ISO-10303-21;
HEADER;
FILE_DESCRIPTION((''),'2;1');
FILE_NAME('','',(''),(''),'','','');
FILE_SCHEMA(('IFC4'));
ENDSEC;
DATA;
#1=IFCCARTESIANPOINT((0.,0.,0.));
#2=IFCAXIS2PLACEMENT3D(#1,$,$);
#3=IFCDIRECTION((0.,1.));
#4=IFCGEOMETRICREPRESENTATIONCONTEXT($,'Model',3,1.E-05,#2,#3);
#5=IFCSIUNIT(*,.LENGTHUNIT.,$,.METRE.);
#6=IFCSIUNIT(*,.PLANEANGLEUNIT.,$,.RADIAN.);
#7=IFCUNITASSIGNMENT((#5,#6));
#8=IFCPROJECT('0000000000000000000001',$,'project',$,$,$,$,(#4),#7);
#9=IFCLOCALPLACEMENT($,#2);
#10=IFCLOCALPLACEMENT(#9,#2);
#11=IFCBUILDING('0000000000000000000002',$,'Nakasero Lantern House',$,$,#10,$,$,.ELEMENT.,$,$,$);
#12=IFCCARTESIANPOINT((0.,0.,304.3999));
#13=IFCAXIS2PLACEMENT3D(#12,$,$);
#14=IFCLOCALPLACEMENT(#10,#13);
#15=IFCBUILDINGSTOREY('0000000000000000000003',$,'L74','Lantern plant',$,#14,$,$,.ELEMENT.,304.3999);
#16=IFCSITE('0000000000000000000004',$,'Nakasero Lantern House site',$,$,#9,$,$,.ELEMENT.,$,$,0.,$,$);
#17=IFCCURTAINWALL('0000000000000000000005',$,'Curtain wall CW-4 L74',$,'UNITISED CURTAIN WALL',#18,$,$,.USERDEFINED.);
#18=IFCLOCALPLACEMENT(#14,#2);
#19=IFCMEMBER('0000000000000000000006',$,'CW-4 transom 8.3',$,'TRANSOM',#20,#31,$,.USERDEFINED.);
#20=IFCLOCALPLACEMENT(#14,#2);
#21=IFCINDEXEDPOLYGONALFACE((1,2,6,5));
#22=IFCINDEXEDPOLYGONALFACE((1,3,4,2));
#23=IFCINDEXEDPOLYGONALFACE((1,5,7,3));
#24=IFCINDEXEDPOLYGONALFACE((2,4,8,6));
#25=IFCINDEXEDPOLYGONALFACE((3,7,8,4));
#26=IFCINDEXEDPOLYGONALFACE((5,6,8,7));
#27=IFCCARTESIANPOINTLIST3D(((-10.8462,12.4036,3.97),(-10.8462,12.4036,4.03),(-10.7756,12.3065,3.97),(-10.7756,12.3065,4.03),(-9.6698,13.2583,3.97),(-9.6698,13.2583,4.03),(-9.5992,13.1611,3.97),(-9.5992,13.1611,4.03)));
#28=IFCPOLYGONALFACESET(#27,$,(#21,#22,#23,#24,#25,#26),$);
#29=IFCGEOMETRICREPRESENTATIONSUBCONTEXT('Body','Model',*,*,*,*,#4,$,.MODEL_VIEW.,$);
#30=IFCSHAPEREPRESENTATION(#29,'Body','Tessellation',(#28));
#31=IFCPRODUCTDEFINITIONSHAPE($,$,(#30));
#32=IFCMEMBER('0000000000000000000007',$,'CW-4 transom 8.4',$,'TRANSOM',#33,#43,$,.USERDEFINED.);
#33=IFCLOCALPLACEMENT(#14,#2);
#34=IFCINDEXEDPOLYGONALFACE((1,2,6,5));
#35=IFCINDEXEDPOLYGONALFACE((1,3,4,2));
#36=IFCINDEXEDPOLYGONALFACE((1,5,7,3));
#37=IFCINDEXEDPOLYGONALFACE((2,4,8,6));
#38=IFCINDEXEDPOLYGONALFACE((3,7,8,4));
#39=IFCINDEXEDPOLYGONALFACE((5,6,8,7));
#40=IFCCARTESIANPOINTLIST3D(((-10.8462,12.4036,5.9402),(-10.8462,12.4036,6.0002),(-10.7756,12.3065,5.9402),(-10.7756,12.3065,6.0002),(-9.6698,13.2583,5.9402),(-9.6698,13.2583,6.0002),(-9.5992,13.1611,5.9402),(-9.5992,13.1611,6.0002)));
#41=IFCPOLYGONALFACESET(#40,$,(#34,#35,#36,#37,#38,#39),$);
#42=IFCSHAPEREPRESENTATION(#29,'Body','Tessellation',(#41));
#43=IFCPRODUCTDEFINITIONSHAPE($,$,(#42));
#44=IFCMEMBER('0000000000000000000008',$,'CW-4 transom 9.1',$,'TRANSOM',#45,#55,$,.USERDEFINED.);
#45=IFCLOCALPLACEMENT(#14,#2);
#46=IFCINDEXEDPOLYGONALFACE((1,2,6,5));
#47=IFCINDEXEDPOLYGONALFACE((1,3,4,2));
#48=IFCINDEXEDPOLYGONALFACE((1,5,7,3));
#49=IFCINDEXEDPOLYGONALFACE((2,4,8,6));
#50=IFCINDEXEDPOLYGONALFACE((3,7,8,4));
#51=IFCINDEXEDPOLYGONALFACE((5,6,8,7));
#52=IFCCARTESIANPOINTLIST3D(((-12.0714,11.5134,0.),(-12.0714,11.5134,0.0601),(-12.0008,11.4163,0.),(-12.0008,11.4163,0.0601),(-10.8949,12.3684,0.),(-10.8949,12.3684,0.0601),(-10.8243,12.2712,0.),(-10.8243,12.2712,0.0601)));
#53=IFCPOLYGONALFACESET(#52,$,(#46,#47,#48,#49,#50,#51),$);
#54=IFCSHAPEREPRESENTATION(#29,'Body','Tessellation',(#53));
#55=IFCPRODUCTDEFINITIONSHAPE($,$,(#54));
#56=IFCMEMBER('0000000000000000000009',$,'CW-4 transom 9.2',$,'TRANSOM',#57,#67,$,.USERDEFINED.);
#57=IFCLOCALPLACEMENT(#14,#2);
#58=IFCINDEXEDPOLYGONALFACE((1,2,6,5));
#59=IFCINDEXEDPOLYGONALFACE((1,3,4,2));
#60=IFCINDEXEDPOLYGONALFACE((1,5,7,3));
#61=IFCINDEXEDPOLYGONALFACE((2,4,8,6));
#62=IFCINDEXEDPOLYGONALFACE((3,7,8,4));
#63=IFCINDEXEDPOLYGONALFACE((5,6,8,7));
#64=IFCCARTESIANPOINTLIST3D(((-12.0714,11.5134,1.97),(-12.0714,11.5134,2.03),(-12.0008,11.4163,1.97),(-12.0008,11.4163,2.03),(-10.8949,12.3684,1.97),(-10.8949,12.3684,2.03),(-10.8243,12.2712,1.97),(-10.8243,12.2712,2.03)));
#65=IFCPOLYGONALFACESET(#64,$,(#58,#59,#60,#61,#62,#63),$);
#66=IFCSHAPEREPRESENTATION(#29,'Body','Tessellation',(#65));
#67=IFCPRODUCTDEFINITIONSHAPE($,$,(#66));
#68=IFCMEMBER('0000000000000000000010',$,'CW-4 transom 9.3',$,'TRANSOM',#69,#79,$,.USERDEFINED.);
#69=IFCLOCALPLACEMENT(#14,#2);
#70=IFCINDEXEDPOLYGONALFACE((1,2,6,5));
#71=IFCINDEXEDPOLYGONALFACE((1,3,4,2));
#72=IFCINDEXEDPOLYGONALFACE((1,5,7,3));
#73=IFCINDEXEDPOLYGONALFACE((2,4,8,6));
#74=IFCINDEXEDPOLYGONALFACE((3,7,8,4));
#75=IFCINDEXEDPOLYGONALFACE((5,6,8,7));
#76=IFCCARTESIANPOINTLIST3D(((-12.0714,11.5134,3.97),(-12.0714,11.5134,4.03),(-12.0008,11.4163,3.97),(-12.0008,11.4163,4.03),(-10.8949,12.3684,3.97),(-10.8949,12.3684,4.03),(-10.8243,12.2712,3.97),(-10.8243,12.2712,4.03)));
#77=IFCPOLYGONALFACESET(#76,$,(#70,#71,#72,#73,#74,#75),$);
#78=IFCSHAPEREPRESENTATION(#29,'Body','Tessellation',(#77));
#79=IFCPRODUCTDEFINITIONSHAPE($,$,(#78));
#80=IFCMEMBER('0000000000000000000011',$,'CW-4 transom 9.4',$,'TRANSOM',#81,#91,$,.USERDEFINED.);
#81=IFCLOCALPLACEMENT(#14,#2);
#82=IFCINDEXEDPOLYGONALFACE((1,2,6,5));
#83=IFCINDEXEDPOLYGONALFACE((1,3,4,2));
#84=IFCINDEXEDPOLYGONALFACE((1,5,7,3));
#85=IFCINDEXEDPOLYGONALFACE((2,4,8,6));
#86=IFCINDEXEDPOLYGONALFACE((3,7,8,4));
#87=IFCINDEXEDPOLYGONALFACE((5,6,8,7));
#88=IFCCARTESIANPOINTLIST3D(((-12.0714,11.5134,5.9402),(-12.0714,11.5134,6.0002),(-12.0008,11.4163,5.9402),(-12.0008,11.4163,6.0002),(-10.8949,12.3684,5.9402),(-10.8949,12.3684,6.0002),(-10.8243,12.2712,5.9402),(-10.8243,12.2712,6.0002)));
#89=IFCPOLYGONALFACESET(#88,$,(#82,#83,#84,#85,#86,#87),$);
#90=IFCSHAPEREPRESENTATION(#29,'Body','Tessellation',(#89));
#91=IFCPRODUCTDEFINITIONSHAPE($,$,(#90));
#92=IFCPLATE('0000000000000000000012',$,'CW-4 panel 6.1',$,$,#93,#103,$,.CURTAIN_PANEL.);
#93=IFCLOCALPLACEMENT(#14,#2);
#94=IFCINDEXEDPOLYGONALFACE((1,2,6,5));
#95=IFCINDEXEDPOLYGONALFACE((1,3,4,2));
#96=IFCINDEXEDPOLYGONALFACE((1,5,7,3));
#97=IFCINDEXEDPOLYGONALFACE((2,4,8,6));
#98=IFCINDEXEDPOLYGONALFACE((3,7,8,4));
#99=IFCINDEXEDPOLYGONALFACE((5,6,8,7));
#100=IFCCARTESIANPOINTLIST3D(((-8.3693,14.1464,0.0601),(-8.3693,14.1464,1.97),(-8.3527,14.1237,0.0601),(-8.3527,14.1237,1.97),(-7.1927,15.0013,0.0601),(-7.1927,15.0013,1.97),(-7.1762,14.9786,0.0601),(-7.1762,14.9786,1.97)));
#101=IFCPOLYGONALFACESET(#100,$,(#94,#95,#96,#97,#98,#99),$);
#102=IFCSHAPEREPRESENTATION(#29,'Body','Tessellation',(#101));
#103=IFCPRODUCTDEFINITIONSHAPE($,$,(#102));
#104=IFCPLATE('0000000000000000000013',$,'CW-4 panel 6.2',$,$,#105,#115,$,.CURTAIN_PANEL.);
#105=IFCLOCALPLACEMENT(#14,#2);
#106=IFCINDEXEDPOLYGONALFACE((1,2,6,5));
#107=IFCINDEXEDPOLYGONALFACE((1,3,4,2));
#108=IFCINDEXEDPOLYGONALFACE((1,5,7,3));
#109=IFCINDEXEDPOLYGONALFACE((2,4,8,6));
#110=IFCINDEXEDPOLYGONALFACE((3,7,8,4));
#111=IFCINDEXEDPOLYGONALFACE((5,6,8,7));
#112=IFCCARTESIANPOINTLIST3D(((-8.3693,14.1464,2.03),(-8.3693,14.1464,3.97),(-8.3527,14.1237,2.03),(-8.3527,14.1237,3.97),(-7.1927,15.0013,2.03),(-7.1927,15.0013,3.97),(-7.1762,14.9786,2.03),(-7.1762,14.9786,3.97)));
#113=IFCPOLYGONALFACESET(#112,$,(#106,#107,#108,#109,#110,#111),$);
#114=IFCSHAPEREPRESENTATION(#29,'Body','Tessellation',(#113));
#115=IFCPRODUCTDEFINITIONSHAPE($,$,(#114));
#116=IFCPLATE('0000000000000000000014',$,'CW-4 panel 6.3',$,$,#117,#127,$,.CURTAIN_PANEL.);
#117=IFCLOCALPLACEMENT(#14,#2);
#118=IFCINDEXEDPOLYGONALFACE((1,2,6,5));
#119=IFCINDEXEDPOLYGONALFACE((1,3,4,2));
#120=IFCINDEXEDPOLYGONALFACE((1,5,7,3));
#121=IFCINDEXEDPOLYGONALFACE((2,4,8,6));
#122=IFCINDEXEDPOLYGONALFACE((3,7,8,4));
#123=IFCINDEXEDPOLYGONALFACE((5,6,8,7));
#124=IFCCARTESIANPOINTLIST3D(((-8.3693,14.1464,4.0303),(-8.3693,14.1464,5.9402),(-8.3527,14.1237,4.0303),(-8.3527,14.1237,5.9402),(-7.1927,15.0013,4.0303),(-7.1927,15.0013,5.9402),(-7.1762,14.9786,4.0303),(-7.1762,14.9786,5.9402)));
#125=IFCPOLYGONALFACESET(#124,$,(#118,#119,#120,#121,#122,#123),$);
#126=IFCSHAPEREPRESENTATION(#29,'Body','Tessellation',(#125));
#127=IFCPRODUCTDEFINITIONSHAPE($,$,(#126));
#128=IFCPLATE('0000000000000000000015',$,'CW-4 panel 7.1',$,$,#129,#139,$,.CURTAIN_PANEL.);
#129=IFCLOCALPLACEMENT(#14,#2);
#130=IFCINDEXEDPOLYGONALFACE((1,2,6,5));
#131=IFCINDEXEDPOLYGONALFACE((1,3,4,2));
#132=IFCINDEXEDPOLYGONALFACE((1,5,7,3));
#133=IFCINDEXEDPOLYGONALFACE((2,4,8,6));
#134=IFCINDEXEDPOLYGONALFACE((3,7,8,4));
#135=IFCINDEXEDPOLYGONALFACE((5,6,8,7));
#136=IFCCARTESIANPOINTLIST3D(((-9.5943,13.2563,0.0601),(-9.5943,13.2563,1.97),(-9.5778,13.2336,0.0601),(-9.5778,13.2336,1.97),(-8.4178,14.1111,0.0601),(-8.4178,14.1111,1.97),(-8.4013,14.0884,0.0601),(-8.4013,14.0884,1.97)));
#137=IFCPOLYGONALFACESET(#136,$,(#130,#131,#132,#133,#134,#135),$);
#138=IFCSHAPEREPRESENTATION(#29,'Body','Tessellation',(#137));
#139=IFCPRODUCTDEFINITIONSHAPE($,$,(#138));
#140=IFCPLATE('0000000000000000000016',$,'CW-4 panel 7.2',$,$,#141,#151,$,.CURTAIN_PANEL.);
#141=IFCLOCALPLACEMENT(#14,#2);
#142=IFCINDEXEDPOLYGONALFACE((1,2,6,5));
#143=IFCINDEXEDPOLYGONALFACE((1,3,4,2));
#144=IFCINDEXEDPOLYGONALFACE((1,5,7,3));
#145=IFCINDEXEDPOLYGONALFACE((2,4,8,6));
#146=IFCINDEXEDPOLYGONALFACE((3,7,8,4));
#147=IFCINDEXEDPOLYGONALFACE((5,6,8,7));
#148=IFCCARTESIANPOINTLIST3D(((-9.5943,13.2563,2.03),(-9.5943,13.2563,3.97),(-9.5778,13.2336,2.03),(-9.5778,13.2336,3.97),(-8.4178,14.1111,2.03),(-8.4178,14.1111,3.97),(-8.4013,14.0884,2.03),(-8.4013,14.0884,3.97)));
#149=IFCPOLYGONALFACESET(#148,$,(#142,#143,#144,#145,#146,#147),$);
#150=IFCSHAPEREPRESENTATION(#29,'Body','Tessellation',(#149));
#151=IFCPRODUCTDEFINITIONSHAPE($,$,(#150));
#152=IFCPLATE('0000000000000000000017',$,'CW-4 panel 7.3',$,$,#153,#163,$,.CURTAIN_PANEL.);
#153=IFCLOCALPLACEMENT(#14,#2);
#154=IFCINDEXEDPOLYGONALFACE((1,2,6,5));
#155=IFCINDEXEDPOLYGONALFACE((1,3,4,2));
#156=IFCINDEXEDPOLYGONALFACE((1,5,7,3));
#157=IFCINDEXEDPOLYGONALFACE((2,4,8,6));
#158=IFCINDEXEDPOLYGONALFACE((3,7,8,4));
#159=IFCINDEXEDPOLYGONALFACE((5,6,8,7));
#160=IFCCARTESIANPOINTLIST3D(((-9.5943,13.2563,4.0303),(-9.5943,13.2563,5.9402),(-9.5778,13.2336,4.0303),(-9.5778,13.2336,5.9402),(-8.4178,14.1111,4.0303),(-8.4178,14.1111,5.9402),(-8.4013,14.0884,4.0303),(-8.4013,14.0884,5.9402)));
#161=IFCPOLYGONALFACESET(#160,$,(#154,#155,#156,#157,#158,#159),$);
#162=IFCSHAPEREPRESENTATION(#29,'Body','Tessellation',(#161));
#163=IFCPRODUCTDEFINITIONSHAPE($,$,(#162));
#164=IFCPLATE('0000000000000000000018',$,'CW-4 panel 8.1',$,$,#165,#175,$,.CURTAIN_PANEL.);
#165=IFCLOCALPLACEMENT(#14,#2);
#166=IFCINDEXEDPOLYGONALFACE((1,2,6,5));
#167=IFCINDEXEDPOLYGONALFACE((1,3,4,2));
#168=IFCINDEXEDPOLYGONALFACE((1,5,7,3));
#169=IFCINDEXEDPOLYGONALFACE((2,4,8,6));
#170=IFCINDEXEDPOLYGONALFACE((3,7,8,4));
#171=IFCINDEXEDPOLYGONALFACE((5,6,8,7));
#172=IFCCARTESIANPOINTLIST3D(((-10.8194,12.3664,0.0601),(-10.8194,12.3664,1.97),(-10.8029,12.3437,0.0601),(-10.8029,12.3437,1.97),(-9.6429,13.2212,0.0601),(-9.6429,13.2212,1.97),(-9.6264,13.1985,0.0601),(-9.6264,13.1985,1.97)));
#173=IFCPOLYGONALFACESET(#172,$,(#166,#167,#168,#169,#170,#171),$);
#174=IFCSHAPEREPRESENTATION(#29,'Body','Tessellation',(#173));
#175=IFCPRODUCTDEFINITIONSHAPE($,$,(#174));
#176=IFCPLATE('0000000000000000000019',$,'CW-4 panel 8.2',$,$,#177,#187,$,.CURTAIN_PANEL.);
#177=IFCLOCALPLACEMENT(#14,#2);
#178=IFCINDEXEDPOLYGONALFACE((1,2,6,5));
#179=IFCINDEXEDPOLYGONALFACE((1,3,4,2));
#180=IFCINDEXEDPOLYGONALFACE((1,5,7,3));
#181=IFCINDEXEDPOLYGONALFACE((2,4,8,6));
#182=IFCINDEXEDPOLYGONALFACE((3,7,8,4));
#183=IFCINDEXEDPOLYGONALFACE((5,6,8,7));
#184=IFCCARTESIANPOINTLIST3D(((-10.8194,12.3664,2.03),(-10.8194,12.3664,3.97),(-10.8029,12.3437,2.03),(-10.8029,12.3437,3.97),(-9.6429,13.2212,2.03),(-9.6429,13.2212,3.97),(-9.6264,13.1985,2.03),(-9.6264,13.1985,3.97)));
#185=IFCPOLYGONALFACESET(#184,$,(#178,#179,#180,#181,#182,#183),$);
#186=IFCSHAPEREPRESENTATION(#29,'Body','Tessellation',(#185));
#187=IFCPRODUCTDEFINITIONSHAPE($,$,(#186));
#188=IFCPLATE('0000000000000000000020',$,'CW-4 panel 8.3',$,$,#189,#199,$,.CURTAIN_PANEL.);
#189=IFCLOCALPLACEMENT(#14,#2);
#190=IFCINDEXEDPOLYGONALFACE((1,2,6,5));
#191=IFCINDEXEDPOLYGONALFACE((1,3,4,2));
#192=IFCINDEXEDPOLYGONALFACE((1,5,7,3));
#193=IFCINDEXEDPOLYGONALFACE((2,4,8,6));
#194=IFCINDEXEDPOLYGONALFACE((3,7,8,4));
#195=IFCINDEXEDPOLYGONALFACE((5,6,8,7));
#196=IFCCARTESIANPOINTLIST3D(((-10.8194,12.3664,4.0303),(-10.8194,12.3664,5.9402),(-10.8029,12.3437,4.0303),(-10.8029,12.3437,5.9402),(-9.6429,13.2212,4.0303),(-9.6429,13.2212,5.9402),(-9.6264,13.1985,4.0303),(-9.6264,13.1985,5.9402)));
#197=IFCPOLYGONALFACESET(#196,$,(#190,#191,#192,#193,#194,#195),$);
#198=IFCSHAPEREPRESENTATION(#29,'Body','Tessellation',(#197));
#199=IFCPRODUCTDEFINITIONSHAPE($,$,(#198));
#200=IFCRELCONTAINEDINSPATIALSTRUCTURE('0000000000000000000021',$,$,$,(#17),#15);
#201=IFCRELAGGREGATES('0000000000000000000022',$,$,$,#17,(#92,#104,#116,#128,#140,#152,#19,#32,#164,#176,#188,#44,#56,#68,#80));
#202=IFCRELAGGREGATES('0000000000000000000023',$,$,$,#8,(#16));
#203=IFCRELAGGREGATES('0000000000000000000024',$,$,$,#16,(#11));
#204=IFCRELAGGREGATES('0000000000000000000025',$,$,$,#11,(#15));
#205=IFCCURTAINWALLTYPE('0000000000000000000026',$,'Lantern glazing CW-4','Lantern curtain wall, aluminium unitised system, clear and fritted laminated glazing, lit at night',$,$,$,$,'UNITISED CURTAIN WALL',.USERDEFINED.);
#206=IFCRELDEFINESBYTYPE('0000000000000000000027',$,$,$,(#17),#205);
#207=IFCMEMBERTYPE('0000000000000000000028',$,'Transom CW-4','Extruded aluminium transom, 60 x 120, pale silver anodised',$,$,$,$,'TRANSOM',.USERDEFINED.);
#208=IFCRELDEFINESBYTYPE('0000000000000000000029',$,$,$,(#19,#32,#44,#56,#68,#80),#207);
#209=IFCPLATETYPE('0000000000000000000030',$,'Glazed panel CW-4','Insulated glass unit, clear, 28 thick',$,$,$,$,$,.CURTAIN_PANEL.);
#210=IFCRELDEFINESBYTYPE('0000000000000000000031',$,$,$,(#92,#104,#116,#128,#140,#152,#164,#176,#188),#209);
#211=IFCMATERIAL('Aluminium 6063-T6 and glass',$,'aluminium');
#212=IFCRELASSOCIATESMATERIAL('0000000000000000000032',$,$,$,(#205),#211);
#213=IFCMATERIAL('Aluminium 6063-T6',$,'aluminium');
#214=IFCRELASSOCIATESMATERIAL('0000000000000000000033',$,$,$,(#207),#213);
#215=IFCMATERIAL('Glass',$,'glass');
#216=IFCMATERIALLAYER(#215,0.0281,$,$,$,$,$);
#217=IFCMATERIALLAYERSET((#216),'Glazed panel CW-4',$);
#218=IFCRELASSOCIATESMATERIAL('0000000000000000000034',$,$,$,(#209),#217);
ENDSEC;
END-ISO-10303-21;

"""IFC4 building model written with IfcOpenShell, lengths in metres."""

from ifc_helpers import new_model, si_unit, direction, frame, origin, origin_2d, place, context, subcontext, project, spatial, rectangle, extrude, material, layer, layer_set, material_profile, profile_set, type_object, element, aggregate, save


model = new_model("IFC4")

# Units and contexts
model_context = context("Model", 3, precision=1e-05, world=origin(), true_north=direction((0.0, 1.0)))
body_context = subcontext(model_context, "Body", "Model", "MODEL_VIEW")
ifc_project = project(units=[si_unit("LENGTHUNIT", "METRE"), si_unit("PLANEANGLEUNIT", "RADIAN")], contexts=[model_context])

# Site, building, storey
site_placement = place(None, origin())
site = spatial("IfcSite", under=ifc_project, at=site_placement, Name="Nakasero Lantern House site", CompositionType="ELEMENT", RefElevation=0.0)
building_placement = place(site_placement, origin())
building = spatial("IfcBuilding", under=site, at=building_placement, Name="Nakasero Lantern House", CompositionType="ELEMENT")
storey_placement = place(building_placement, frame((0.0, 0.0, 304.3999)))
storey = spatial("IfcBuildingStorey", under=building, at=storey_placement, Name="L74", Description="Lantern plant", CompositionType="ELEMENT", Elevation=304.3999)

# Curtain wall
ifc_material_1 = material(Name="Aluminium 6063-T6 and glass", Category="aluminium")
curtain_wall_type = type_object("IfcCurtainWallType", Name="Lantern glazing CW-4", Description="Lantern curtain wall, aluminium unitised system, clear and fritted laminated glazing, lit at night", ElementType="UNITISED CURTAIN WALL", PredefinedType="USERDEFINED", material=ifc_material_1)
curtain_wall_placement = place(storey_placement, origin())
curtain_wall = element("IfcCurtainWall", 1, at=curtain_wall_placement, inside=storey, type_object=curtain_wall_type, Name="Curtain wall CW-4 L74", ObjectType="UNITISED CURTAIN WALL", PredefinedType="USERDEFINED")

# Members
ifc_material_2 = material(Name="Aluminium 6063-T6", Category="aluminium")
ifc_material_profile_1 = material_profile(ifc_material_2, rectangle(XDim=0.0601, YDim=0.1201, at=origin_2d()), Name="CW-4 transom 60x120")
ifc_profile_set_1 = profile_set([ifc_material_profile_1], Name="Aluminium 6063-T6")
member_type_1 = type_object("IfcMemberType", Name="Transom CW-4", Description="Extruded aluminium transom, 60 x 120, pale silver anodised", ElementType="TRANSOM", PredefinedType="USERDEFINED", material=ifc_profile_set_1)
member_1_placement = place(storey_placement, frame((-9.6345, 13.2097, 4.0), z_axis=(-0.809034, -0.587762, 0.0), x_axis=(0.0, 0.0, 1.0)))
member_1 = element("IfcMember", 2, at=member_1_placement, type_object=member_type_1, Name="CW-4 transom 8.3", ObjectType="TRANSOM", PredefinedType="USERDEFINED", context=body_context, shape_type="SweptSolid", body=[
    extrude(rectangle(XDim=0.0601, YDim=0.1201, at=origin_2d()), origin(), (0.0, 0.0, 1.0), 1.4541),
])
member_2_placement = place(storey_placement, frame((-9.6345, 13.2097, 5.9702), z_axis=(-0.809034, -0.587762, 0.0), x_axis=(0.0, 0.0, 1.0)))
member_2 = element("IfcMember", 3, at=member_2_placement, type_object=member_type_1, Name="CW-4 transom 8.4", ObjectType="TRANSOM", PredefinedType="USERDEFINED", context=body_context, shape_type="SweptSolid", body=[
    extrude(rectangle(XDim=0.0601, YDim=0.1201, at=origin_2d()), origin(), (0.0, 0.0, 1.0), 1.4541),
])
member_3_placement = place(storey_placement, frame((-10.8596, 12.3198, 0.03), z_axis=(-0.808954, -0.587872, 0.0), x_axis=(0.0, 0.0, 1.0)))
member_3 = element("IfcMember", 4, at=member_3_placement, type_object=member_type_1, Name="CW-4 transom 9.1", ObjectType="TRANSOM", PredefinedType="USERDEFINED", context=body_context, shape_type="SweptSolid", body=[
    extrude(rectangle(XDim=0.0601, YDim=0.1201, at=origin_2d()), origin(), (0.0, 0.0, 1.0), 1.4543),
])
member_4_placement = place(storey_placement, frame((-10.8596, 12.3198, 2.0), z_axis=(-0.808954, -0.587872, 0.0), x_axis=(0.0, 0.0, 1.0)))
member_4 = element("IfcMember", 5, at=member_4_placement, type_object=member_type_1, Name="CW-4 transom 9.2", ObjectType="TRANSOM", PredefinedType="USERDEFINED", context=body_context, shape_type="SweptSolid", body=[
    extrude(rectangle(XDim=0.0601, YDim=0.1201, at=origin_2d()), origin(), (0.0, 0.0, 1.0), 1.4543),
])
member_5_placement = place(storey_placement, frame((-10.8596, 12.3198, 4.0), z_axis=(-0.808954, -0.587872, 0.0), x_axis=(0.0, 0.0, 1.0)))
member_5 = element("IfcMember", 6, at=member_5_placement, type_object=member_type_1, Name="CW-4 transom 9.3", ObjectType="TRANSOM", PredefinedType="USERDEFINED", context=body_context, shape_type="SweptSolid", body=[
    extrude(rectangle(XDim=0.0601, YDim=0.1201, at=origin_2d()), origin(), (0.0, 0.0, 1.0), 1.4543),
])
member_6_placement = place(storey_placement, frame((-10.8596, 12.3198, 5.9702), z_axis=(-0.808954, -0.587872, 0.0), x_axis=(0.0, 0.0, 1.0)))
member_6 = element("IfcMember", 7, at=member_6_placement, type_object=member_type_1, Name="CW-4 transom 9.4", ObjectType="TRANSOM", PredefinedType="USERDEFINED", context=body_context, shape_type="SweptSolid", body=[
    extrude(rectangle(XDim=0.0601, YDim=0.1201, at=origin_2d()), origin(), (0.0, 0.0, 1.0), 1.4543),
])

# Plates
ifc_material_3 = material(Name="Glass", Category="glass")
ifc_layer = layer(ifc_material_3, 0.0281)
ifc_layer_set = layer_set([ifc_layer], Name="Glazed panel CW-4")
plate_type = type_object("IfcPlateType", Name="Glazed panel CW-4", Description="Insulated glass unit, clear, 28 thick", PredefinedType="CURTAIN_PANEL", material=ifc_layer_set)
plate_1_placement = place(storey_placement, frame((-7.7727, 14.5625, 0.0601), z_axis=(0.0, 0.0, 1.0), x_axis=(-0.809017, -0.587785, 0.0)))
plate_1 = element("IfcPlate", 8, at=plate_1_placement, type_object=plate_type, Name="CW-4 panel 6.1", PredefinedType="CURTAIN_PANEL", context=body_context, shape_type="SweptSolid", body=[
    extrude(rectangle(XDim=1.4543, YDim=0.0281, at=origin_2d()), origin(), (0.0, 0.0, 1.0), 1.9099),
])
plate_2_placement = place(storey_placement, frame((-7.7727, 14.5625, 2.03), z_axis=(0.0, 0.0, 1.0), x_axis=(-0.809017, -0.587785, 0.0)))
plate_2 = element("IfcPlate", 9, at=plate_2_placement, type_object=plate_type, Name="CW-4 panel 6.2", PredefinedType="CURTAIN_PANEL", context=body_context, shape_type="SweptSolid", body=[
    extrude(rectangle(XDim=1.4543, YDim=0.0281, at=origin_2d()), origin(), (0.0, 0.0, 1.0), 1.9399),
])
plate_3_placement = place(storey_placement, frame((-7.7727, 14.5625, 4.0303), z_axis=(0.0, 0.0, 1.0), x_axis=(-0.809017, -0.587785, 0.0)))
plate_3 = element("IfcPlate", 10, at=plate_3_placement, type_object=plate_type, Name="CW-4 panel 6.3", PredefinedType="CURTAIN_PANEL", context=body_context, shape_type="SweptSolid", body=[
    extrude(rectangle(XDim=1.4543, YDim=0.0281, at=origin_2d()), origin(), (0.0, 0.0, 1.0), 1.9099),
])
plate_4_placement = place(storey_placement, frame((-8.9978, 13.6724, 0.0601), z_axis=(0.0, 0.0, 1.0), x_axis=(-0.809017, -0.587785, 0.0)))
plate_4 = element("IfcPlate", 11, at=plate_4_placement, type_object=plate_type, Name="CW-4 panel 7.1", PredefinedType="CURTAIN_PANEL", context=body_context, shape_type="SweptSolid", body=[
    extrude(rectangle(XDim=1.4543, YDim=0.0281, at=origin_2d()), origin(), (0.0, 0.0, 1.0), 1.9099),
])
plate_5_placement = place(storey_placement, frame((-8.9978, 13.6724, 2.03), z_axis=(0.0, 0.0, 1.0), x_axis=(-0.809017, -0.587785, 0.0)))
plate_5 = element("IfcPlate", 12, at=plate_5_placement, type_object=plate_type, Name="CW-4 panel 7.2", PredefinedType="CURTAIN_PANEL", context=body_context, shape_type="SweptSolid", body=[
    extrude(rectangle(XDim=1.4543, YDim=0.0281, at=origin_2d()), origin(), (0.0, 0.0, 1.0), 1.9399),
])
plate_6_placement = place(storey_placement, frame((-8.9978, 13.6724, 4.0303), z_axis=(0.0, 0.0, 1.0), x_axis=(-0.809017, -0.587785, 0.0)))
plate_6 = element("IfcPlate", 13, at=plate_6_placement, type_object=plate_type, Name="CW-4 panel 7.3", PredefinedType="CURTAIN_PANEL", context=body_context, shape_type="SweptSolid", body=[
    extrude(rectangle(XDim=1.4543, YDim=0.0281, at=origin_2d()), origin(), (0.0, 0.0, 1.0), 1.9099),
])
plate_7_placement = place(storey_placement, frame((-10.2229, 12.7825, 0.0601), z_axis=(0.0, 0.0, 1.0), x_axis=(-0.809017, -0.587785, 0.0)))
plate_7 = element("IfcPlate", 14, at=plate_7_placement, type_object=plate_type, Name="CW-4 panel 8.1", PredefinedType="CURTAIN_PANEL", context=body_context, shape_type="SweptSolid", body=[
    extrude(rectangle(XDim=1.4543, YDim=0.0281, at=origin_2d()), origin(), (0.0, 0.0, 1.0), 1.9099),
])
plate_8_placement = place(storey_placement, frame((-10.2229, 12.7825, 2.03), z_axis=(0.0, 0.0, 1.0), x_axis=(-0.809017, -0.587785, 0.0)))
plate_8 = element("IfcPlate", 15, at=plate_8_placement, type_object=plate_type, Name="CW-4 panel 8.2", PredefinedType="CURTAIN_PANEL", context=body_context, shape_type="SweptSolid", body=[
    extrude(rectangle(XDim=1.4543, YDim=0.0281, at=origin_2d()), origin(), (0.0, 0.0, 1.0), 1.9399),
])
plate_9_placement = place(storey_placement, frame((-10.2229, 12.7825, 4.0303), z_axis=(0.0, 0.0, 1.0), x_axis=(-0.809017, -0.587785, 0.0)))
plate_9 = element("IfcPlate", 16, at=plate_9_placement, type_object=plate_type, Name="CW-4 panel 8.3", PredefinedType="CURTAIN_PANEL", context=body_context, shape_type="SweptSolid", body=[
    extrude(rectangle(XDim=1.4543, YDim=0.0281, at=origin_2d()), origin(), (0.0, 0.0, 1.0), 1.9099),
])
aggregate(curtain_wall, [plate_1, plate_2, plate_3, plate_4, plate_5, plate_6, member_1, member_2, plate_7, plate_8, plate_9, member_3, member_4, member_5, member_6])

save(model, "model.ifc")
